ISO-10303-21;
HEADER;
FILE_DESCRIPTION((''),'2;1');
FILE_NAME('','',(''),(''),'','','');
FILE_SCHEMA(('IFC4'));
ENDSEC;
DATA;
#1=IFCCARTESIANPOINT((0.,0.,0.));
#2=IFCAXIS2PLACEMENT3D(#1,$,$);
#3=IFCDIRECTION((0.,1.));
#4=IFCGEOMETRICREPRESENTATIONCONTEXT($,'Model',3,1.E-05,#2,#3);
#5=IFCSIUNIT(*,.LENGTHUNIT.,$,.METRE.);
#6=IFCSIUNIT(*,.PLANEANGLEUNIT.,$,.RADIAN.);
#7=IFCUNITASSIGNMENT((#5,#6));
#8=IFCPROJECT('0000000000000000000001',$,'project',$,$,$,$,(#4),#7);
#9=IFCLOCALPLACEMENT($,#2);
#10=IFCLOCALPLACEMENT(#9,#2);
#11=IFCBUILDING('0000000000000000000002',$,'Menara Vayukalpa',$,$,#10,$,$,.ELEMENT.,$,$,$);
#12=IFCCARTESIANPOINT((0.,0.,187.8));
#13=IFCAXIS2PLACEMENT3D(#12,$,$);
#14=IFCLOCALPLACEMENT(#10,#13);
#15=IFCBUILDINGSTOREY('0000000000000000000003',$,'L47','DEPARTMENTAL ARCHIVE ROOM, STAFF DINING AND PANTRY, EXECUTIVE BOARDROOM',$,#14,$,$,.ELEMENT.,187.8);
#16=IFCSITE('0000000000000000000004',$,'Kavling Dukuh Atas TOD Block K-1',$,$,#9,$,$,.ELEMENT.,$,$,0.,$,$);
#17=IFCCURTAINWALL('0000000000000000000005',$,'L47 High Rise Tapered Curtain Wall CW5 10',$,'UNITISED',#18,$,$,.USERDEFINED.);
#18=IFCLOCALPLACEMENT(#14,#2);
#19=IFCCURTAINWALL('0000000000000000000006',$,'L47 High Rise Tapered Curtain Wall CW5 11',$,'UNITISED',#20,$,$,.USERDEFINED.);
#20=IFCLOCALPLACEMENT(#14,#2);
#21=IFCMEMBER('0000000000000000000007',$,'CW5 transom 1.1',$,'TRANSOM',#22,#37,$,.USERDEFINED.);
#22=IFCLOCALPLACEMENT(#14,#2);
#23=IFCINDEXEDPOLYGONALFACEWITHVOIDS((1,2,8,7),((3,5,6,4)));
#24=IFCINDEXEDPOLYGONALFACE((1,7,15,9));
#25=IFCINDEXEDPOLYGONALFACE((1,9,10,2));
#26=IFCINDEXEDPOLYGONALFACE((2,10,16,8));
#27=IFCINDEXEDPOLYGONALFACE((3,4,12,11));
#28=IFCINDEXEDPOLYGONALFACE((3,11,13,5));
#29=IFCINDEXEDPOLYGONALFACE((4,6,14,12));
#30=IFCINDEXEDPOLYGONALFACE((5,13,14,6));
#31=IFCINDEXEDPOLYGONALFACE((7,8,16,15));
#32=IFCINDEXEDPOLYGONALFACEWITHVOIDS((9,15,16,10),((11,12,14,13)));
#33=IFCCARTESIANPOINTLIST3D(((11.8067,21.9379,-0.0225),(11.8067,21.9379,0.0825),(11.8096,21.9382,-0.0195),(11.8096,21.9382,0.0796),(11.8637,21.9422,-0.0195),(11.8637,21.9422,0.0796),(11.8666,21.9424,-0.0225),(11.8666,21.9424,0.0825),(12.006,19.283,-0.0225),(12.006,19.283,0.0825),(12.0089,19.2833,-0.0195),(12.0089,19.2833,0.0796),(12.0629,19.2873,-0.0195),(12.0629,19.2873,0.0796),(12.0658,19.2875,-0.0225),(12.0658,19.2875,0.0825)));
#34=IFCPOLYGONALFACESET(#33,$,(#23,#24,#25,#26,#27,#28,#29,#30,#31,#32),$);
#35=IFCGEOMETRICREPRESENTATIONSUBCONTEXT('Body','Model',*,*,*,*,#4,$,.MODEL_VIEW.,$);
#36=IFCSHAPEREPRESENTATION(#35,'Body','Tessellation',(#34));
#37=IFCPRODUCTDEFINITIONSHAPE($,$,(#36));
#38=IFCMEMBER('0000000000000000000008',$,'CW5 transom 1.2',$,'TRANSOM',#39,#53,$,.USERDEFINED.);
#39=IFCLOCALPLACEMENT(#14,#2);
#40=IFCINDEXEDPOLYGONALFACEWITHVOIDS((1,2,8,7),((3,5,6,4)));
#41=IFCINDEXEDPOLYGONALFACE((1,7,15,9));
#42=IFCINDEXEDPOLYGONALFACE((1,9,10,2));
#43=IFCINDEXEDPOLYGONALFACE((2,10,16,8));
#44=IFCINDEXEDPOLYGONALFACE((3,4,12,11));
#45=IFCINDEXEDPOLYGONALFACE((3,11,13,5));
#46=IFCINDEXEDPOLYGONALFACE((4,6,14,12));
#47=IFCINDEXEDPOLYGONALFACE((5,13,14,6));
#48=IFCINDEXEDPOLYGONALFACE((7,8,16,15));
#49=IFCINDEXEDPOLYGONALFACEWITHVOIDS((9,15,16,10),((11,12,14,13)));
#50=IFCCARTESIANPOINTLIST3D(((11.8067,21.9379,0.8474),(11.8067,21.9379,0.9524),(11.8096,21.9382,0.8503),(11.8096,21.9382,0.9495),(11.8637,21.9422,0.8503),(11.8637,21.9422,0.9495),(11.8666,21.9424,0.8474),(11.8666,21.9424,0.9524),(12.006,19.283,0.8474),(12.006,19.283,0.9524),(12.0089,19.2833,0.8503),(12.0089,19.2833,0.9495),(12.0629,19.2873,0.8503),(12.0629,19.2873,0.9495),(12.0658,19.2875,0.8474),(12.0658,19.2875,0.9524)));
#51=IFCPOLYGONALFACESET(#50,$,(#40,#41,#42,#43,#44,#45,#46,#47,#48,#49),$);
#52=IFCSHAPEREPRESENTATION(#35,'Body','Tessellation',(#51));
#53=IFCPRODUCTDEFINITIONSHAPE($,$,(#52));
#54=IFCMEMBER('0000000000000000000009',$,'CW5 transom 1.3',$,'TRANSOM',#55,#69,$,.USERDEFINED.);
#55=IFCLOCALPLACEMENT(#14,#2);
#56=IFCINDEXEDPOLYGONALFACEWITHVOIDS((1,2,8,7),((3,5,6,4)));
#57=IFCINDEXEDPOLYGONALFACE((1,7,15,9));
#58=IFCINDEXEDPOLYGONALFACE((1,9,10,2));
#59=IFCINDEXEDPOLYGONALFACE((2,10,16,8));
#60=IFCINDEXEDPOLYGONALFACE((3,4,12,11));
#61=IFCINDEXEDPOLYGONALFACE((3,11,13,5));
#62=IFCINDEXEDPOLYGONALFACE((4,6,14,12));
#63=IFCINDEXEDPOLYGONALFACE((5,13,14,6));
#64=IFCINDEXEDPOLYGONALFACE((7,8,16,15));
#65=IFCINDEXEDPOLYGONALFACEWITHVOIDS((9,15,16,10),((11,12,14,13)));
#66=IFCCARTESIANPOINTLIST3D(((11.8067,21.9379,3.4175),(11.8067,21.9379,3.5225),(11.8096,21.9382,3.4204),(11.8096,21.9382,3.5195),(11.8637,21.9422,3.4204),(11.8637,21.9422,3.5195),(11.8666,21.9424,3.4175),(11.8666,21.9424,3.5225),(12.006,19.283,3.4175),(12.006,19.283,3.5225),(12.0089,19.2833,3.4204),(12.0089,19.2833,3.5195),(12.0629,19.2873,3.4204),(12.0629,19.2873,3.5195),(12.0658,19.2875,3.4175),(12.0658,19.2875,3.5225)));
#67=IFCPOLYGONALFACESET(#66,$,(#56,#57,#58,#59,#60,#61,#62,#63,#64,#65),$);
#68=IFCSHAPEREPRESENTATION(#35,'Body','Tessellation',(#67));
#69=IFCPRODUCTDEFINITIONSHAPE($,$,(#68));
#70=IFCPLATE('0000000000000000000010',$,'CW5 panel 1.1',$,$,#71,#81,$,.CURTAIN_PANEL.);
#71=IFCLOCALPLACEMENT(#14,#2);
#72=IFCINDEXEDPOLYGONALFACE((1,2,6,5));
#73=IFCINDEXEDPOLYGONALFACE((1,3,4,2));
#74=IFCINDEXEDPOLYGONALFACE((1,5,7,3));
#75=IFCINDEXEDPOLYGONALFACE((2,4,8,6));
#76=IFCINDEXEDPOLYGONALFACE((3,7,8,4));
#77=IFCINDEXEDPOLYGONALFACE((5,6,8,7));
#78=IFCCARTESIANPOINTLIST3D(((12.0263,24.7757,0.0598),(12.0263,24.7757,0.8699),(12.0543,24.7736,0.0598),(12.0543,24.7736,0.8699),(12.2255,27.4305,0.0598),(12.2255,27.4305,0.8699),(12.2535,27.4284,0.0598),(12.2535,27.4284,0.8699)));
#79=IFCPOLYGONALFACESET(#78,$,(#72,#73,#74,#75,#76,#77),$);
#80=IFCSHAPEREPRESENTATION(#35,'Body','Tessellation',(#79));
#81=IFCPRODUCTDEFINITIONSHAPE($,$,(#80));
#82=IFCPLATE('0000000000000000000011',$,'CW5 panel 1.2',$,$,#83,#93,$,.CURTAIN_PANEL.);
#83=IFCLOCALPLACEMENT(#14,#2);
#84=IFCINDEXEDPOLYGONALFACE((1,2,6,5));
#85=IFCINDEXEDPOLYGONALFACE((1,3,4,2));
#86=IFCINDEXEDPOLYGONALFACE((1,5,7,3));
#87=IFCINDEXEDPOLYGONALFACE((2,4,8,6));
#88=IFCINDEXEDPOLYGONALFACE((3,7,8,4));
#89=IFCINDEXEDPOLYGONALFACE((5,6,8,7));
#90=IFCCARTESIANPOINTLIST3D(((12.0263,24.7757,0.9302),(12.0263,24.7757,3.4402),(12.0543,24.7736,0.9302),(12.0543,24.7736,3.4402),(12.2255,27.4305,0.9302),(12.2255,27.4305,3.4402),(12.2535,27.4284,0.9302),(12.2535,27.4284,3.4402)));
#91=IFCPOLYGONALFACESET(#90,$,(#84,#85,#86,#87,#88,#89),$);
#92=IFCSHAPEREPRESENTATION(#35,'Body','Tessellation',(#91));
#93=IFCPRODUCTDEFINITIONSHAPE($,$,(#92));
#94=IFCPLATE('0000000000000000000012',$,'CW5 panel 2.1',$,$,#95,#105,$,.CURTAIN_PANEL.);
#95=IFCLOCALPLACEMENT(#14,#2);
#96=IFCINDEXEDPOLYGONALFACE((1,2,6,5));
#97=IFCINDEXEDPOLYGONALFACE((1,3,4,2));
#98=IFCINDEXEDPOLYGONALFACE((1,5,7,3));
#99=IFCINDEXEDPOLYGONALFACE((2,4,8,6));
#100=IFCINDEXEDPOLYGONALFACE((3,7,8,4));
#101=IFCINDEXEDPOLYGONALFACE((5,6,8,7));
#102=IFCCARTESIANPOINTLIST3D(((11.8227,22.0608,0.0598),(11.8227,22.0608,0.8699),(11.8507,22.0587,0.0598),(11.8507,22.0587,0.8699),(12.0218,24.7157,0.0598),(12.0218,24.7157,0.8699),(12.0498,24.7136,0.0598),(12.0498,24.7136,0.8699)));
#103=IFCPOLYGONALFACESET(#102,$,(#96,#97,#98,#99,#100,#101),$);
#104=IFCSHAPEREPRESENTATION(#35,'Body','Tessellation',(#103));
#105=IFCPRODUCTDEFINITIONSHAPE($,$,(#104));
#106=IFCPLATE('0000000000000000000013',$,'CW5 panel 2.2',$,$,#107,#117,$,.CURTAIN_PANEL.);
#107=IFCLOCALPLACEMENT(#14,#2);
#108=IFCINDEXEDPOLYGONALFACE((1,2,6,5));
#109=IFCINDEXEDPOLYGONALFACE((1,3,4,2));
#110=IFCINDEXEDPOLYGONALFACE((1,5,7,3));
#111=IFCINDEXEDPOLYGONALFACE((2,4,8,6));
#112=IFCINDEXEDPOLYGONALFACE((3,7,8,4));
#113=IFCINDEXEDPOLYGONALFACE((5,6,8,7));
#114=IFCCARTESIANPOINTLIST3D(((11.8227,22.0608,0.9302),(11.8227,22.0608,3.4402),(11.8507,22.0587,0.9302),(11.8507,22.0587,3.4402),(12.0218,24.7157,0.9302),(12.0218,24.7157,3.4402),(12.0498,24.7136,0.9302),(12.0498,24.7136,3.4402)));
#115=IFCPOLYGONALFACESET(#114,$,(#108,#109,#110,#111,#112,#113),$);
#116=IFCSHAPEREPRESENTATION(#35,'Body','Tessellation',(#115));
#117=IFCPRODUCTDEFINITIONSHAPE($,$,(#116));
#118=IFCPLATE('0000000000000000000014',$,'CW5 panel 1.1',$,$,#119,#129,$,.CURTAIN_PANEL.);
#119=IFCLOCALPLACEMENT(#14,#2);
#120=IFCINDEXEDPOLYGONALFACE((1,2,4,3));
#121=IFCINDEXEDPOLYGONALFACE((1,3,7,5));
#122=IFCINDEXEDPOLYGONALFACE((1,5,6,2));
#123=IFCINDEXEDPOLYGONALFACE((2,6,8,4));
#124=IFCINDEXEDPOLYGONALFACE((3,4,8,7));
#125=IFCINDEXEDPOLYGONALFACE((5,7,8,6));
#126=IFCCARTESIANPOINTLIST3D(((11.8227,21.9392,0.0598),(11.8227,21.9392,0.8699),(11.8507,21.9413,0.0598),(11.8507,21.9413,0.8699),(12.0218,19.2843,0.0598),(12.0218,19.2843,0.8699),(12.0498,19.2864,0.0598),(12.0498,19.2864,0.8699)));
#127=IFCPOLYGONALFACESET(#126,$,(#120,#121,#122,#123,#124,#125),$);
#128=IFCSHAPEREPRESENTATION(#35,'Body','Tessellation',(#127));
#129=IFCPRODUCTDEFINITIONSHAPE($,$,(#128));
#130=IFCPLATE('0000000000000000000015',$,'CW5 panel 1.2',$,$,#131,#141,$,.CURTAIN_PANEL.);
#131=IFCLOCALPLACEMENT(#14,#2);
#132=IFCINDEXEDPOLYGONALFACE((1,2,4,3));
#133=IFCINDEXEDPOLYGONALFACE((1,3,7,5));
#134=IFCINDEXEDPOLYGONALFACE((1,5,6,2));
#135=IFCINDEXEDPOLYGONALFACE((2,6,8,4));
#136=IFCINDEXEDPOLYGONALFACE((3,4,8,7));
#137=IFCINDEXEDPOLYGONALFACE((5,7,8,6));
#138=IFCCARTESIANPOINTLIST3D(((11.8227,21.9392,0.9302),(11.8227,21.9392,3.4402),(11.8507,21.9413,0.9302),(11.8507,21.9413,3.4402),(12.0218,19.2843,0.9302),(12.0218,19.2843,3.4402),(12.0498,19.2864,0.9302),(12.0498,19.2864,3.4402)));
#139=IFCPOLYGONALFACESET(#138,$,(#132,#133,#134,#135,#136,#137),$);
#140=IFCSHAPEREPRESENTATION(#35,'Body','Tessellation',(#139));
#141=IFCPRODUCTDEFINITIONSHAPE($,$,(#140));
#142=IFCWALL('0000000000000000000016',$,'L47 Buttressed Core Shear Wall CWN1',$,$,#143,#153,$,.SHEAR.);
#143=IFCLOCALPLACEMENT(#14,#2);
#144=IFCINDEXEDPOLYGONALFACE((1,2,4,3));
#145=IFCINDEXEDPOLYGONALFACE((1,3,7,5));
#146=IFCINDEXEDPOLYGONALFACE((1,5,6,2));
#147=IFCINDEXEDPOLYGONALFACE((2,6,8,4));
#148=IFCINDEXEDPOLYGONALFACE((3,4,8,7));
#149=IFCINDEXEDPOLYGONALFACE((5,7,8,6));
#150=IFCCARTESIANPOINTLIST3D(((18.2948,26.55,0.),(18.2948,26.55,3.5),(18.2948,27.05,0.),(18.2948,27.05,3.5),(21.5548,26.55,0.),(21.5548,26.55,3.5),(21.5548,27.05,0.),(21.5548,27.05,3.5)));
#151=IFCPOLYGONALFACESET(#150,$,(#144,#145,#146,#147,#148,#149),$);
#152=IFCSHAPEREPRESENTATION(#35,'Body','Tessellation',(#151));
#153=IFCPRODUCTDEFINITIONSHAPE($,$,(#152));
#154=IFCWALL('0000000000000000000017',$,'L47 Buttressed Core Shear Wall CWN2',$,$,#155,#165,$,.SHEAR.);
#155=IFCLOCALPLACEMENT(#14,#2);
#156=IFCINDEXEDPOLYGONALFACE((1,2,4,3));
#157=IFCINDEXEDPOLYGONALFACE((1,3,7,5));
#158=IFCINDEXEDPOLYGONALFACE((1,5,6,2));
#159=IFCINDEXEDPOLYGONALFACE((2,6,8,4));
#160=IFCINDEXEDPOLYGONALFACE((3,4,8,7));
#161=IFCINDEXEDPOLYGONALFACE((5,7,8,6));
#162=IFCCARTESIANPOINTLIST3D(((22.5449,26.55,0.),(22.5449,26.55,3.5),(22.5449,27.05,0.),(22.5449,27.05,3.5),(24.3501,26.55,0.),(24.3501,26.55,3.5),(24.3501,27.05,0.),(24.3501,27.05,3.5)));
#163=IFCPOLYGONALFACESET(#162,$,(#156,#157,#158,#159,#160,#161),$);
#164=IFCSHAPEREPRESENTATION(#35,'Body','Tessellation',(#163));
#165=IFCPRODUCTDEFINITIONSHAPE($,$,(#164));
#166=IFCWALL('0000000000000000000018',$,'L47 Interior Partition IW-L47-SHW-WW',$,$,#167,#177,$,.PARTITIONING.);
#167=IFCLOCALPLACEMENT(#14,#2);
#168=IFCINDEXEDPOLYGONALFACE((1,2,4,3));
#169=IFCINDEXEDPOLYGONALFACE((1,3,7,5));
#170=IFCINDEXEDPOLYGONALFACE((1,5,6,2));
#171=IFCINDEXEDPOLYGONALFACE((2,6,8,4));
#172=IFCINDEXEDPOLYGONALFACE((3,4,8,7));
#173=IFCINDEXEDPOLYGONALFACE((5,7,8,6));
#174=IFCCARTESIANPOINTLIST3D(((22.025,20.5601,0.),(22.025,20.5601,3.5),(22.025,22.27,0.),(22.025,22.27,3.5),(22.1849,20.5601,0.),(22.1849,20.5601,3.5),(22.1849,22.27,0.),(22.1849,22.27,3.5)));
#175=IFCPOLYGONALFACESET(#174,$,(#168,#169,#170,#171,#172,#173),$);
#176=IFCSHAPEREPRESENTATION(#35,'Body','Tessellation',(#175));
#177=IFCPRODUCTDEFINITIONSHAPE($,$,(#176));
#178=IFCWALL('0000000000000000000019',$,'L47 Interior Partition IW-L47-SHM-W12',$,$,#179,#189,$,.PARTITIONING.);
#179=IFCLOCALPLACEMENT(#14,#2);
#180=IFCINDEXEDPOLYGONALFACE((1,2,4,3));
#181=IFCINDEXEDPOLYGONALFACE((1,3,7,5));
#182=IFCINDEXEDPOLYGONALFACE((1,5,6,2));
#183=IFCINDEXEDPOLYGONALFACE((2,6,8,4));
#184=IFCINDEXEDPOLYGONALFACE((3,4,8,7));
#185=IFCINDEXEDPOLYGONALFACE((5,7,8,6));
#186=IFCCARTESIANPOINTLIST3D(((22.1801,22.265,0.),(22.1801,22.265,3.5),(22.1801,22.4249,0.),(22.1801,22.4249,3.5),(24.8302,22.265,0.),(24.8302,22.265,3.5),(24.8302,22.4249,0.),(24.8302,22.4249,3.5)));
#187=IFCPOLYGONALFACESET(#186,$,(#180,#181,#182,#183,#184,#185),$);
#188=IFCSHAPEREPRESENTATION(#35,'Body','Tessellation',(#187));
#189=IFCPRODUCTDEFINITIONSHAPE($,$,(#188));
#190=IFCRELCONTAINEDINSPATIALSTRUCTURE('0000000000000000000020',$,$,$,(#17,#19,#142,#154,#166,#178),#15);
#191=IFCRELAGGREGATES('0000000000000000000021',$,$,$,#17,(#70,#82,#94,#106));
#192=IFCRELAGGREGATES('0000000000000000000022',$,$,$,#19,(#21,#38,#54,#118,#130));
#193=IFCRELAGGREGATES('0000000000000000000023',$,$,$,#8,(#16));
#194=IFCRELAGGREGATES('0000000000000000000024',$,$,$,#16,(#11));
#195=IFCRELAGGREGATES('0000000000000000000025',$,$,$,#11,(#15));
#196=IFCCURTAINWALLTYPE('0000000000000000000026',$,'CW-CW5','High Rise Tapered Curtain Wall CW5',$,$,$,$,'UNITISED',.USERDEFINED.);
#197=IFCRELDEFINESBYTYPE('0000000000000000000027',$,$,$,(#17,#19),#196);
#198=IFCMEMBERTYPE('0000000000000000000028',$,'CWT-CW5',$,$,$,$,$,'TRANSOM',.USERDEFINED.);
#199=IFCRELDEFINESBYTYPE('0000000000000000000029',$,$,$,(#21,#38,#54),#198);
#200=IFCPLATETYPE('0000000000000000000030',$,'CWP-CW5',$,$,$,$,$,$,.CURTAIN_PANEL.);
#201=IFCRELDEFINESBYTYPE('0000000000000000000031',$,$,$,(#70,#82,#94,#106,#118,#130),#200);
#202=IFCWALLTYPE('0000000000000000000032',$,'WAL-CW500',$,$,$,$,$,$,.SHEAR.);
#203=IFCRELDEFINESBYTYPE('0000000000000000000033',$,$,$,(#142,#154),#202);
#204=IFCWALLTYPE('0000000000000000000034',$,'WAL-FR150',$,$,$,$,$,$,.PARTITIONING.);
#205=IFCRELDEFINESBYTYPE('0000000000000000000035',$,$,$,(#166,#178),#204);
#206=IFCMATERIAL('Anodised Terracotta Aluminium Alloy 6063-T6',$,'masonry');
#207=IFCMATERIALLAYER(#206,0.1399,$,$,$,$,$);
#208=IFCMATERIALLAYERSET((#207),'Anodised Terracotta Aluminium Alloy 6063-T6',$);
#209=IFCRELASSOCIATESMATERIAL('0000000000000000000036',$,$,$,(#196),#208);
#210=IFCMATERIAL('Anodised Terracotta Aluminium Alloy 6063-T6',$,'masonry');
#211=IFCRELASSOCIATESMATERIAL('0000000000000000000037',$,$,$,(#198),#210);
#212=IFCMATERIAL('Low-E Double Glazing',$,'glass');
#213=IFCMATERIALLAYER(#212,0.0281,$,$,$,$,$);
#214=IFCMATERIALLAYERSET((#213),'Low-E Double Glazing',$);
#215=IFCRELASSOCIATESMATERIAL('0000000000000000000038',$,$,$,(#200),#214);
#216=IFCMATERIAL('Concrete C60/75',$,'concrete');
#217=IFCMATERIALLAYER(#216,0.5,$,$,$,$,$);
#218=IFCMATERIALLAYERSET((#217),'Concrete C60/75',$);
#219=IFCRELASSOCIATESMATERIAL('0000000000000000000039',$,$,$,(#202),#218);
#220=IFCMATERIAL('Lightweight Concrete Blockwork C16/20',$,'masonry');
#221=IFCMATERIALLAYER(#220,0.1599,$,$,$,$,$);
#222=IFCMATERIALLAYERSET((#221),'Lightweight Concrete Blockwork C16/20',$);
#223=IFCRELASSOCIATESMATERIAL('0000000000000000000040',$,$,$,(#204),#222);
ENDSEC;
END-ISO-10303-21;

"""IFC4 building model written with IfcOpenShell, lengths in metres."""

from ifc_helpers import new_model, si_unit, direction, frame, frame_2d, origin, origin_2d, place, context, subcontext, project, spatial, rectangle, hollow_rectangle, extrude, material, layer, layer_set, material_profile, profile_set, type_object, element, aggregate, save


model = new_model("IFC4")

# Units and contexts
model_context = context("Model", 3, precision=1e-05, world=origin(), true_north=direction((0.0, 1.0)))
body_context = subcontext(model_context, "Body", "Model", "MODEL_VIEW")
ifc_project = project(units=[si_unit("LENGTHUNIT", "METRE"), si_unit("PLANEANGLEUNIT", "RADIAN")], contexts=[model_context])

# Site, building, storey
site_placement = place(None, origin())
site = spatial("IfcSite", under=ifc_project, at=site_placement, Name="Kavling Dukuh Atas TOD Block K-1", CompositionType="ELEMENT", RefElevation=0.0)
building_placement = place(site_placement, origin())
building = spatial("IfcBuilding", under=site, at=building_placement, Name="Menara Vayukalpa", CompositionType="ELEMENT")
storey_placement = place(building_placement, frame((0.0, 0.0, 187.8)))
storey = spatial("IfcBuildingStorey", under=building, at=storey_placement, Name="L47", Description="DEPARTMENTAL ARCHIVE ROOM, STAFF DINING AND PANTRY, EXECUTIVE BOARDROOM", CompositionType="ELEMENT", Elevation=187.8)

# Curtain wall
ifc_material_1 = material(Name="Anodised Terracotta Aluminium Alloy 6063-T6", Category="masonry")
ifc_layer_1 = layer(ifc_material_1, 0.1399)
ifc_layer_set_1 = layer_set([ifc_layer_1], Name="Anodised Terracotta Aluminium Alloy 6063-T6")
curtain_wall_type = type_object("IfcCurtainWallType", Name="CW-CW5", Description="High Rise Tapered Curtain Wall CW5", ElementType="UNITISED", PredefinedType="USERDEFINED", material=ifc_layer_set_1)
curtain_wall_1_placement = place(storey_placement, origin())
curtain_wall_1 = element("IfcCurtainWall", 1, at=curtain_wall_1_placement, inside=storey, type_object=curtain_wall_type, Name="L47 High Rise Tapered Curtain Wall CW5 10", ObjectType="UNITISED", PredefinedType="USERDEFINED")

# Curtain wall
curtain_wall_2_placement = place(storey_placement, origin())
curtain_wall_2 = element("IfcCurtainWall", 2, at=curtain_wall_2_placement, inside=storey, type_object=curtain_wall_type, Name="L47 High Rise Tapered Curtain Wall CW5 11", ObjectType="UNITISED", PredefinedType="USERDEFINED")

# Members
ifc_material_2 = material(Name="Anodised Terracotta Aluminium Alloy 6063-T6", Category="masonry")
ifc_material_profile_1 = material_profile(ifc_material_2, hollow_rectangle(XDim=0.0601, YDim=0.105, WallThickness=0.0029, at=origin_2d()), Name="ALU 60x105x3")
ifc_profile_set_1 = profile_set([ifc_material_profile_1], Name="Anodised Terracotta Aluminium Alloy 6063-T6")
member_type_1 = type_object("IfcMemberType", Name="CWT-CW5", ElementType="TRANSOM", PredefinedType="USERDEFINED", material=ifc_profile_set_1)
member_1_placement = place(storey_placement, frame((11.8367, 21.9402, 0.03), z_axis=(0.074831, -0.997196, 0.0), x_axis=(0.997196, 0.074831, 0.0)))
member_1 = element("IfcMember", 3, at=member_1_placement, type_object=member_type_1, Name="CW5 transom 1.1", ObjectType="TRANSOM", PredefinedType="USERDEFINED", context=body_context, shape_type="SweptSolid", body=[
    extrude(hollow_rectangle(XDim=0.0601, YDim=0.105, WallThickness=0.0029, at=origin_2d()), origin(), (0.0, 0.0, 1.0), 2.6624),
])
member_2_placement = place(storey_placement, frame((11.8367, 21.9402, 0.8999), z_axis=(0.074831, -0.997196, 0.0), x_axis=(0.997196, 0.074831, 0.0)))
member_2 = element("IfcMember", 4, at=member_2_placement, type_object=member_type_1, Name="CW5 transom 1.2", ObjectType="TRANSOM", PredefinedType="USERDEFINED", context=body_context, shape_type="SweptSolid", body=[
    extrude(hollow_rectangle(XDim=0.0601, YDim=0.105, WallThickness=0.0029, at=origin_2d()), origin(), (0.0, 0.0, 1.0), 2.6624),
])
member_3_placement = place(storey_placement, frame((11.8367, 21.9402, 3.47), z_axis=(0.074831, -0.997196, 0.0), x_axis=(0.997196, 0.074831, 0.0)))
member_3 = element("IfcMember", 5, at=member_3_placement, type_object=member_type_1, Name="CW5 transom 1.3", ObjectType="TRANSOM", PredefinedType="USERDEFINED", context=body_context, shape_type="SweptSolid", body=[
    extrude(hollow_rectangle(XDim=0.0601, YDim=0.105, WallThickness=0.0029, at=origin_2d()), origin(), (0.0, 0.0, 1.0), 2.6624),
])

# Plates
ifc_material_3 = material(Name="Low-E Double Glazing", Category="glass")
ifc_layer_2 = layer(ifc_material_3, 0.0281)
ifc_layer_set_2 = layer_set([ifc_layer_2], Name="Low-E Double Glazing")
plate_type = type_object("IfcPlateType", Name="CWP-CW5", PredefinedType="CURTAIN_PANEL", material=ifc_layer_set_2)
plate_1_placement = place(storey_placement, frame((12.1399, 26.1021, 0.0598), z_axis=(0.0, 0.0, 1.0), x_axis=(-0.074792, -0.997199, 0.0)))
plate_1 = element("IfcPlate", 6, at=plate_1_placement, type_object=plate_type, Name="CW5 panel 1.1", PredefinedType="CURTAIN_PANEL", context=body_context, shape_type="SweptSolid", body=[
    extrude(rectangle(XDim=2.6624, YDim=0.0281, at=origin_2d()), origin(), (0.0, 0.0, 1.0), 0.8101),
])
plate_2_placement = place(storey_placement, frame((12.1399, 26.1021, 0.9302), z_axis=(0.0, 0.0, 1.0), x_axis=(-0.074792, -0.997199, 0.0)))
plate_2 = element("IfcPlate", 7, at=plate_2_placement, type_object=plate_type, Name="CW5 panel 1.2", PredefinedType="CURTAIN_PANEL", context=body_context, shape_type="SweptSolid", body=[
    extrude(rectangle(XDim=2.6624, YDim=0.0281, at=origin_2d()), origin(), (0.0, 0.0, 1.0), 2.51),
])
plate_3_placement = place(storey_placement, frame((11.9363, 23.3872, 0.0598), z_axis=(0.0, 0.0, 1.0), x_axis=(-0.074792, -0.997199, 0.0)))
plate_3 = element("IfcPlate", 8, at=plate_3_placement, type_object=plate_type, Name="CW5 panel 2.1", PredefinedType="CURTAIN_PANEL", context=body_context, shape_type="SweptSolid", body=[
    extrude(rectangle(XDim=2.6624, YDim=0.0281, at=origin_2d()), origin(), (0.0, 0.0, 1.0), 0.8101),
])
plate_4_placement = place(storey_placement, frame((11.9363, 23.3872, 0.9302), z_axis=(0.0, 0.0, 1.0), x_axis=(-0.074792, -0.997199, 0.0)))
plate_4 = element("IfcPlate", 9, at=plate_4_placement, type_object=plate_type, Name="CW5 panel 2.2", PredefinedType="CURTAIN_PANEL", context=body_context, shape_type="SweptSolid", body=[
    extrude(rectangle(XDim=2.6624, YDim=0.0281, at=origin_2d()), origin(), (0.0, 0.0, 1.0), 2.51),
])
aggregate(curtain_wall_1, [plate_1, plate_2, plate_3, plate_4])
plate_5_placement = place(storey_placement, frame((11.9363, 20.6128, 0.0598), z_axis=(0.0, 0.0, 1.0), x_axis=(0.074792, -0.997199, 0.0)))
plate_5 = element("IfcPlate", 10, at=plate_5_placement, type_object=plate_type, Name="CW5 panel 1.1", PredefinedType="CURTAIN_PANEL", context=body_context, shape_type="SweptSolid", body=[
    extrude(rectangle(XDim=2.6624, YDim=0.0281, at=origin_2d()), origin(), (0.0, 0.0, 1.0), 0.8101),
])
plate_6_placement = place(storey_placement, frame((11.9363, 20.6128, 0.9302), z_axis=(0.0, 0.0, 1.0), x_axis=(0.074792, -0.997199, 0.0)))
plate_6 = element("IfcPlate", 11, at=plate_6_placement, type_object=plate_type, Name="CW5 panel 1.2", PredefinedType="CURTAIN_PANEL", context=body_context, shape_type="SweptSolid", body=[
    extrude(rectangle(XDim=2.6624, YDim=0.0281, at=origin_2d()), origin(), (0.0, 0.0, 1.0), 2.51),
])
aggregate(curtain_wall_2, [member_1, member_2, member_3, plate_5, plate_6])

# Walls
ifc_material_4 = material(Name="Concrete C60/75", Category="concrete")
ifc_layer_3 = layer(ifc_material_4, 0.5)
ifc_layer_set_3 = layer_set([ifc_layer_3], Name="Concrete C60/75")
wall_type_1 = type_object("IfcWallType", Name="WAL-CW500", PredefinedType="SHEAR", material=ifc_layer_set_3)
wall_1_placement = place(storey_placement, frame((18.2949, 26.8, 0.0), z_axis=(0.0, 0.0, 1.0), x_axis=(1.0, 0.0, 0.0)))
element("IfcWall", 12, at=wall_1_placement, inside=storey, type_object=wall_type_1, Name="L47 Buttressed Core Shear Wall CWN1", PredefinedType="SHEAR", context=body_context, shape_type="SweptSolid", body=[
    extrude(rectangle(XDim=3.26, YDim=0.5, at=frame_2d((1.6299, 0.0))), origin(), (0.0, 0.0, 1.0), 3.5),
])
wall_2_placement = place(storey_placement, frame((22.5449, 26.8, 0.0), z_axis=(0.0, 0.0, 1.0), x_axis=(1.0, 0.0, 0.0)))
element("IfcWall", 13, at=wall_2_placement, inside=storey, type_object=wall_type_1, Name="L47 Buttressed Core Shear Wall CWN2", PredefinedType="SHEAR", context=body_context, shape_type="SweptSolid", body=[
    extrude(rectangle(XDim=1.8052, YDim=0.5, at=frame_2d((0.9026, 0.0))), origin(), (0.0, 0.0, 1.0), 3.5),
])
ifc_material_5 = material(Name="Lightweight Concrete Blockwork C16/20", Category="masonry")
ifc_layer_4 = layer(ifc_material_5, 0.1599)
ifc_layer_set_4 = layer_set([ifc_layer_4], Name="Lightweight Concrete Blockwork C16/20")
wall_type_2 = type_object("IfcWallType", Name="WAL-FR150", PredefinedType="PARTITIONING", material=ifc_layer_set_4)
wall_3_placement = place(storey_placement, frame((22.105, 20.5601, 0.0), z_axis=(0.0, 0.0, 1.0), x_axis=(0.0, 1.0, 0.0)))
element("IfcWall", 14, at=wall_3_placement, inside=storey, type_object=wall_type_2, Name="L47 Interior Partition IW-L47-SHW-WW", PredefinedType="PARTITIONING", context=body_context, shape_type="SweptSolid", body=[
    extrude(rectangle(XDim=1.71, YDim=0.1599, at=frame_2d((0.855, 0.0))), origin(), (0.0, 0.0, 1.0), 3.5),
])
wall_4_placement = place(storey_placement, frame((22.1799, 22.345, 0.0), z_axis=(0.0, 0.0, 1.0), x_axis=(1.0, 0.0, 0.0)))
element("IfcWall", 15, at=wall_4_placement, inside=storey, type_object=wall_type_2, Name="L47 Interior Partition IW-L47-SHM-W12", PredefinedType="PARTITIONING", context=body_context, shape_type="SweptSolid", body=[
    extrude(rectangle(XDim=2.6501, YDim=0.1599, at=frame_2d((1.3252, 0.0))), origin(), (0.0, 0.0, 1.0), 3.5),
])

save(model, "model.ifc")
